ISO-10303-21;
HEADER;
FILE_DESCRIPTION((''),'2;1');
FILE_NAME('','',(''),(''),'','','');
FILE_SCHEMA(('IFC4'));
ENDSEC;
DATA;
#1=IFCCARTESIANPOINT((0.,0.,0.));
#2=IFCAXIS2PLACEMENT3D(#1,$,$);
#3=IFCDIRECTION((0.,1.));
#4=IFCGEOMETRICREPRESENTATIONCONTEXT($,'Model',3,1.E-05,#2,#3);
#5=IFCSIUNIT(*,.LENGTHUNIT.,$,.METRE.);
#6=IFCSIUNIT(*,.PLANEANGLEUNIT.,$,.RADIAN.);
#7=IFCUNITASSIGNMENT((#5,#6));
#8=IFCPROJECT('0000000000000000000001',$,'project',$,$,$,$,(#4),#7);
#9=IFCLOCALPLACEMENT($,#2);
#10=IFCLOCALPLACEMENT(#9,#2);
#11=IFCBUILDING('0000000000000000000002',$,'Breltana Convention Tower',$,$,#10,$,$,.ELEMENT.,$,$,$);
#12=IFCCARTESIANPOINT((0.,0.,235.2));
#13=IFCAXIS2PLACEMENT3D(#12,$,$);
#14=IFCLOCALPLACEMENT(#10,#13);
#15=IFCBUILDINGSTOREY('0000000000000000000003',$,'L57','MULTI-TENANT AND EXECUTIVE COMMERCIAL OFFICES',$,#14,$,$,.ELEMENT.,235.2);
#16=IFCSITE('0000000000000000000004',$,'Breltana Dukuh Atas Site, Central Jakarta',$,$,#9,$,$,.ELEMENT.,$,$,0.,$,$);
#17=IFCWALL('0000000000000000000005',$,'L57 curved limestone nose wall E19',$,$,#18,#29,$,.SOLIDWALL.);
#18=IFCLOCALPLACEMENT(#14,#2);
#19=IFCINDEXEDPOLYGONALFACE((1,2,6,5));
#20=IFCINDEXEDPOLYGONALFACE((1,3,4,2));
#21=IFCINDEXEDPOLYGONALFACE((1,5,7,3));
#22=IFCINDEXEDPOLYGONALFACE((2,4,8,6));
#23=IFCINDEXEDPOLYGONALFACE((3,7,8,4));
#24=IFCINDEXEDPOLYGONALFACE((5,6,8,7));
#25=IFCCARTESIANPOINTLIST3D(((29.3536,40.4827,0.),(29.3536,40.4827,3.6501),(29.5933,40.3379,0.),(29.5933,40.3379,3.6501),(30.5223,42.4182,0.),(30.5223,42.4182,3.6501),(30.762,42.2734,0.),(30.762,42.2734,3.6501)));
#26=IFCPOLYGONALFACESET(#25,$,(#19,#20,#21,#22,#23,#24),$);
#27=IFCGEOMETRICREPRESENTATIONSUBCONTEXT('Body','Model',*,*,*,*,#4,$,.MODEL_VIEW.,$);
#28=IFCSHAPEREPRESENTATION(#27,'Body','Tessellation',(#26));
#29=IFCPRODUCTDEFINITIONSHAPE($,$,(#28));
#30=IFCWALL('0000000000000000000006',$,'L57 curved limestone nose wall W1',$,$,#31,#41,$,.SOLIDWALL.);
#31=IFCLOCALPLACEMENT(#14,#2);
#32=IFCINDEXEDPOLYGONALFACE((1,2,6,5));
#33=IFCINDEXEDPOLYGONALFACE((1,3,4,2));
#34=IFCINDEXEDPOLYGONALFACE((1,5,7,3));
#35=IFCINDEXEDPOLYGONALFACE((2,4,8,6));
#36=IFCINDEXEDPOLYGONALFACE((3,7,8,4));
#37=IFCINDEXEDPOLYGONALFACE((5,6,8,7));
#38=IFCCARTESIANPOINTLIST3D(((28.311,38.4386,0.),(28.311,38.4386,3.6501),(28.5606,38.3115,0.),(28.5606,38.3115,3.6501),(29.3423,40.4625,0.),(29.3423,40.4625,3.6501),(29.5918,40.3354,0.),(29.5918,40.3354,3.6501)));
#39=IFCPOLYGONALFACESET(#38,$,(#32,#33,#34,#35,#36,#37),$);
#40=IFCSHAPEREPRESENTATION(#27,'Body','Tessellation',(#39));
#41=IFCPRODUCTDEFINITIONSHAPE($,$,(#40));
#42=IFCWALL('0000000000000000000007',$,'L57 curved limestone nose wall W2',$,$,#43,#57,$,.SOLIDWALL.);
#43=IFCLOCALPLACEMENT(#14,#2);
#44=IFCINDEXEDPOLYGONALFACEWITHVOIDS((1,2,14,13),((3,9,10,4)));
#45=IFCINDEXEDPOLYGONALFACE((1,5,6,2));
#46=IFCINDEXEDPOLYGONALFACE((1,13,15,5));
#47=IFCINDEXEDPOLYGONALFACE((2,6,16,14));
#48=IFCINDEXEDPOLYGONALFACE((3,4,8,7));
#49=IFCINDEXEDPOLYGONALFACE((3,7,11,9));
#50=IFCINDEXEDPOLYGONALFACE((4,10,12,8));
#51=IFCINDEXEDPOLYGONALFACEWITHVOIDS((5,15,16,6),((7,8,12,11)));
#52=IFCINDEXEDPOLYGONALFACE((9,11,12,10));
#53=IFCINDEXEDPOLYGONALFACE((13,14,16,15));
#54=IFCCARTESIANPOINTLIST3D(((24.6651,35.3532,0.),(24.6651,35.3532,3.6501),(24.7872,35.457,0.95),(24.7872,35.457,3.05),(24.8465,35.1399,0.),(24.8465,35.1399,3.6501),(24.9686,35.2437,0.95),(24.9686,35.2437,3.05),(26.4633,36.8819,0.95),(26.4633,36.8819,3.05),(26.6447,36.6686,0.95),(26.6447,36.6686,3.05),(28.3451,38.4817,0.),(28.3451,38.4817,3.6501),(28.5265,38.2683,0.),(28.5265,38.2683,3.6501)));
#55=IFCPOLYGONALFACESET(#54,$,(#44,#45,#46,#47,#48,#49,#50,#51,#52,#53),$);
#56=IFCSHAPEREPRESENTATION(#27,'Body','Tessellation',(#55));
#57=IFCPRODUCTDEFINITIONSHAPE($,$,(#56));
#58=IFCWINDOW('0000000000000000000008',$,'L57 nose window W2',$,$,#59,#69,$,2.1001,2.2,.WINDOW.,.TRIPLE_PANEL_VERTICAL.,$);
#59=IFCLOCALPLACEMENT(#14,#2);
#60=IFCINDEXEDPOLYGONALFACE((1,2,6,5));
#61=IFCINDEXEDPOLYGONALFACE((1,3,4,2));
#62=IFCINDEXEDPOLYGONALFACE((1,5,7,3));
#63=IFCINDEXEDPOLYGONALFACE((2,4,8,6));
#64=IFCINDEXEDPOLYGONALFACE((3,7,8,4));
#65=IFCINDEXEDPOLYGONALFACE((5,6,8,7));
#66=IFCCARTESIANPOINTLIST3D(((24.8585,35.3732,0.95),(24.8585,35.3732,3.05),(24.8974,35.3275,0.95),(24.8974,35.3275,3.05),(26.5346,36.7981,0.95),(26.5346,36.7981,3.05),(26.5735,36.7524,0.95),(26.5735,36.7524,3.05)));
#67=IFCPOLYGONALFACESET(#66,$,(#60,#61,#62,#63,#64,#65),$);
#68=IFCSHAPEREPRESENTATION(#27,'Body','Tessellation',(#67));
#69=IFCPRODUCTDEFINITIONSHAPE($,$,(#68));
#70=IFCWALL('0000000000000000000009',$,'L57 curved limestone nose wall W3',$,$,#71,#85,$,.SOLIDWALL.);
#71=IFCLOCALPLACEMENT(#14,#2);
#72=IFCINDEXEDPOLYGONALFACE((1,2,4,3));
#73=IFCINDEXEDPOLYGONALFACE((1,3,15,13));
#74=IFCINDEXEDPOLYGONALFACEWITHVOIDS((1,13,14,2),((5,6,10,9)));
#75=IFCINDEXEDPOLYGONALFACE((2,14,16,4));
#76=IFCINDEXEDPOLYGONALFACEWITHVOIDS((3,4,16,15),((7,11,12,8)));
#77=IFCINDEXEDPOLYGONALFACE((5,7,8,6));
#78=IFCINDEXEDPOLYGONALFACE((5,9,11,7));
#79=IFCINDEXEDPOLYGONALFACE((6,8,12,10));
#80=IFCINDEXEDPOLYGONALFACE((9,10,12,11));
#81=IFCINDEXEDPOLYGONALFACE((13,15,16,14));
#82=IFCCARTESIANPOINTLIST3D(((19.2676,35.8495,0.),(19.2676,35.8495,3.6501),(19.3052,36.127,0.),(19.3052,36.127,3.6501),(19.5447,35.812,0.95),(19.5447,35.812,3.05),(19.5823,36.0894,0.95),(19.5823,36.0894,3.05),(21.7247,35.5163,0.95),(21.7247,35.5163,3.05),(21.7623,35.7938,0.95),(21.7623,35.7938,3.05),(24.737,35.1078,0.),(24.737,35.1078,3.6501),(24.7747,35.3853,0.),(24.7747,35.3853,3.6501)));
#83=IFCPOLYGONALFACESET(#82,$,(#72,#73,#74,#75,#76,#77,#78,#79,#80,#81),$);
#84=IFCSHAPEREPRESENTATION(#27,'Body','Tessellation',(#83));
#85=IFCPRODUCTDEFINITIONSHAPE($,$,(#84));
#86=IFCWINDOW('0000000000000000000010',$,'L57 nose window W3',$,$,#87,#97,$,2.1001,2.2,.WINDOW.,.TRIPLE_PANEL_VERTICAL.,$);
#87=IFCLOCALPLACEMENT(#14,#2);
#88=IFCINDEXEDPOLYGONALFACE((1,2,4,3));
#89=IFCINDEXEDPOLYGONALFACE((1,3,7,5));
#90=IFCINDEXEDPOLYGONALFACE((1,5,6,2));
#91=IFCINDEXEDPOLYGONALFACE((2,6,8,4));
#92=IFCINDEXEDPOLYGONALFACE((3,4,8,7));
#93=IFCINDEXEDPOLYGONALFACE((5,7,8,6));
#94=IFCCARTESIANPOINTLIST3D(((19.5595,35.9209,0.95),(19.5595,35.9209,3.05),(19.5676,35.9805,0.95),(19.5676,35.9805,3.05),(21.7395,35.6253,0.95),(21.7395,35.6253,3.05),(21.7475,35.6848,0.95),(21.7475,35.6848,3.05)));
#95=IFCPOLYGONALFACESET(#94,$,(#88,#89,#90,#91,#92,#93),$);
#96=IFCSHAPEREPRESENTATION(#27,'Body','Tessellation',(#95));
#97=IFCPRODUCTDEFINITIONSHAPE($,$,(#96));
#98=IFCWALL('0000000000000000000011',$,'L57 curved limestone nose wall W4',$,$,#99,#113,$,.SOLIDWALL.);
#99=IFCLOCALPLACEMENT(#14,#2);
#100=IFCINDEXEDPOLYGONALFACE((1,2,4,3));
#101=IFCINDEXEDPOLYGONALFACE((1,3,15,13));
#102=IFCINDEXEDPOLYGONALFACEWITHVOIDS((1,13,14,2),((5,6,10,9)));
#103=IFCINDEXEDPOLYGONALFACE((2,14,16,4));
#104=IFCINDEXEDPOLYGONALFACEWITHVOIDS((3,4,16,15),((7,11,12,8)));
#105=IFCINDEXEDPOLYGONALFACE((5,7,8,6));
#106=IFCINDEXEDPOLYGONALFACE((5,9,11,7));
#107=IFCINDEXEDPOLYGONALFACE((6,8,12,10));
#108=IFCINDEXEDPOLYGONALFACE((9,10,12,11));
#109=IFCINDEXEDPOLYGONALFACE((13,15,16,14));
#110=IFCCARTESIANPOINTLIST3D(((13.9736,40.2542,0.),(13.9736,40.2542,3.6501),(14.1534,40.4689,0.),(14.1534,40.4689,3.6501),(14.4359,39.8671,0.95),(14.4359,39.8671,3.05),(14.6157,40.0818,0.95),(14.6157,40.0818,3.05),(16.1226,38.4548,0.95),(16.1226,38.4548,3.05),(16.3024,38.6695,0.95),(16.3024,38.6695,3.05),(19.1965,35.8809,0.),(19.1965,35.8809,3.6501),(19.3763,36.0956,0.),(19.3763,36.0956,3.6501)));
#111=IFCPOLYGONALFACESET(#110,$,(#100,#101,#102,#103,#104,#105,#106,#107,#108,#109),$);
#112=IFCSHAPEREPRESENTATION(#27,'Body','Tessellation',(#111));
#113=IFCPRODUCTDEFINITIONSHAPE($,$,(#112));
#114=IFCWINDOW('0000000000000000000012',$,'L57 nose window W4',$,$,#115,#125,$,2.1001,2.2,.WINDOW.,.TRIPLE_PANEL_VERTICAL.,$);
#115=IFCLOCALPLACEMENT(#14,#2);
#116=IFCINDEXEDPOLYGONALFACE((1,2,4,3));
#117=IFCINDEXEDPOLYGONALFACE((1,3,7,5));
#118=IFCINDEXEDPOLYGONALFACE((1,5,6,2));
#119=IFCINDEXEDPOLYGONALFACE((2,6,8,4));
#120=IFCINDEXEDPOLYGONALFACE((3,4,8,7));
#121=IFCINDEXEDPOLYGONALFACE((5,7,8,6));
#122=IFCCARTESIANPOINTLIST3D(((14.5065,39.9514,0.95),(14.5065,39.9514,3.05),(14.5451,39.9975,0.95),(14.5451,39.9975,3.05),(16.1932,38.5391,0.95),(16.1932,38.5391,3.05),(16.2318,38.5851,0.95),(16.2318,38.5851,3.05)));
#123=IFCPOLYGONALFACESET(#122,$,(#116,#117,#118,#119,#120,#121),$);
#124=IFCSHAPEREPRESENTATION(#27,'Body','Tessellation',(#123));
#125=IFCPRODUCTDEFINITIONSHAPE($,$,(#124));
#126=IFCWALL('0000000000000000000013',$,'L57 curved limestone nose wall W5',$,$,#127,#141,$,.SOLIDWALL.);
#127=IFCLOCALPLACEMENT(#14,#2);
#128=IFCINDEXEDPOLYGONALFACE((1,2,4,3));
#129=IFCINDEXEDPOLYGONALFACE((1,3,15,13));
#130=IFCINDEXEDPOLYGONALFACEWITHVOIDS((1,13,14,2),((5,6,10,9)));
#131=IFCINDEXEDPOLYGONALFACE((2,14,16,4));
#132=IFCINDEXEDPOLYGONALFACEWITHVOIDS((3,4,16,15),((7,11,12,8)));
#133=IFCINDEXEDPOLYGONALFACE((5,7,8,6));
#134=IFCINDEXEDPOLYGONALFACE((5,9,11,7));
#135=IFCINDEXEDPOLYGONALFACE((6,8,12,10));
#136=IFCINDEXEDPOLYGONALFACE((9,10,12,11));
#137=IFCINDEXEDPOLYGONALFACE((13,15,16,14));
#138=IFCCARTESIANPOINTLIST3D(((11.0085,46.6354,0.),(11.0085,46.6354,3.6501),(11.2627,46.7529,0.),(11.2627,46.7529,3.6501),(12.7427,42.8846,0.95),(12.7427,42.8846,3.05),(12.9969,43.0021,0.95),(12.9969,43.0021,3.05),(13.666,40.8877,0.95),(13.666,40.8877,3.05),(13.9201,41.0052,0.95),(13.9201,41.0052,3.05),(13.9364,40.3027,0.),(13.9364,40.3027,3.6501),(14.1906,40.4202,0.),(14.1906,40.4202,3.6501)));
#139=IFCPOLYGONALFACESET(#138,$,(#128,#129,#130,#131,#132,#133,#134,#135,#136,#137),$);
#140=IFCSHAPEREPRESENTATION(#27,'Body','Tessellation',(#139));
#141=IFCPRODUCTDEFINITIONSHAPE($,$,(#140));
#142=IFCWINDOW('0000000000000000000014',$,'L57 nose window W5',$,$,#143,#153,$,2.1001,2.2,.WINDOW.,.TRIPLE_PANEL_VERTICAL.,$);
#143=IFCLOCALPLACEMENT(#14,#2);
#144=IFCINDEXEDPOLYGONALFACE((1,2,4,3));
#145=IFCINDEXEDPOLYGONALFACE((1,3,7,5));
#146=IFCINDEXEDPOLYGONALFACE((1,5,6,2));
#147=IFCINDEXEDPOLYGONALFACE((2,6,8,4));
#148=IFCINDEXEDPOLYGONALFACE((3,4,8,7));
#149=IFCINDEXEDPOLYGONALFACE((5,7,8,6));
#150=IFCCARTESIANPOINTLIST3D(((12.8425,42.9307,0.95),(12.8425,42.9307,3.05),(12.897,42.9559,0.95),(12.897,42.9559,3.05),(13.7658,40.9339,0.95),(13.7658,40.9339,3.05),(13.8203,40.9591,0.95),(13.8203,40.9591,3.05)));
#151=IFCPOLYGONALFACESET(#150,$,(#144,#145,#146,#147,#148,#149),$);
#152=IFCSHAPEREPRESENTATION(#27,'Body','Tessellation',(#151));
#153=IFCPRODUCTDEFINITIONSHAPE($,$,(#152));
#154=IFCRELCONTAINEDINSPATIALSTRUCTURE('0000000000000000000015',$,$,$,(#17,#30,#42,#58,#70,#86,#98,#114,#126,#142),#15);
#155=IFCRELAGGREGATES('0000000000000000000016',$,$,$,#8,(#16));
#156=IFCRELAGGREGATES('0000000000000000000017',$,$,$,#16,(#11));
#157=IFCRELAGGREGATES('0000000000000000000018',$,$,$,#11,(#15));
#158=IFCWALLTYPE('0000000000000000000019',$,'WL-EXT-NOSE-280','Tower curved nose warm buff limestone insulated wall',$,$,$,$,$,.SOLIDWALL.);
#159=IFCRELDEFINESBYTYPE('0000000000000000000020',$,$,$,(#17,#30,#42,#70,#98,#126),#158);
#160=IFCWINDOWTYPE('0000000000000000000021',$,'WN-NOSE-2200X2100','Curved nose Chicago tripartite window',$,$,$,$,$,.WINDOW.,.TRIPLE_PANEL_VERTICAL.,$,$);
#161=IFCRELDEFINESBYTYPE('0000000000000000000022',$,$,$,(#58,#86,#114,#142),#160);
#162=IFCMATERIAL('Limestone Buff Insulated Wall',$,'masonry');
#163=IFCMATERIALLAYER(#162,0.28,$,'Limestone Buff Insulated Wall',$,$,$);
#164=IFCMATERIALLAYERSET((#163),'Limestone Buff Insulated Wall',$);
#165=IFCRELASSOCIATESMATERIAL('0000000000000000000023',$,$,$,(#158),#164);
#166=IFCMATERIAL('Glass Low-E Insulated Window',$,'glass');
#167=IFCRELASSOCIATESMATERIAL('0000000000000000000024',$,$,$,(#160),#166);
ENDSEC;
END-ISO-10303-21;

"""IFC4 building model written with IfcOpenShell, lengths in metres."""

from ifc_helpers import new_model, si_unit, direction, frame, frame_2d, origin, place, context, subcontext, project, spatial, rectangle, extrude, source, transform, mapped, material, layer, layer_set, type_object, type_shapes, element, fill, save


model = new_model("IFC4")

# Units and contexts
model_context = context("Model", 3, precision=1e-05, world=origin(), true_north=direction((0.0, 1.0)))
body_context = subcontext(model_context, "Body", "Model", "MODEL_VIEW")
ifc_project = project(units=[si_unit("LENGTHUNIT", "METRE"), si_unit("PLANEANGLEUNIT", "RADIAN")], contexts=[model_context])

# Site, building, storey
site_placement = place(None, origin())
site = spatial("IfcSite", under=ifc_project, at=site_placement, Name="Breltana Dukuh Atas Site, Central Jakarta", CompositionType="ELEMENT", RefElevation=0.0)
building_placement = place(site_placement, origin())
building = spatial("IfcBuilding", under=site, at=building_placement, Name="Breltana Convention Tower", CompositionType="ELEMENT")
storey_placement = place(building_placement, frame((0.0, 0.0, 235.2)))
storey = spatial("IfcBuildingStorey", under=building, at=storey_placement, Name="L57", Description="MULTI-TENANT AND EXECUTIVE COMMERCIAL OFFICES", CompositionType="ELEMENT", Elevation=235.2)

# Walls
ifc_material_1 = material(Name="Limestone Buff Insulated Wall", Category="masonry")
ifc_layer_1 = layer(ifc_material_1, 0.28, Name="Limestone Buff Insulated Wall")
ifc_layer_set_1 = layer_set([ifc_layer_1], Name="Limestone Buff Insulated Wall")
wall_type = type_object("IfcWallType", Name="WL-EXT-NOSE-280", Description="Tower curved nose warm buff limestone insulated wall", PredefinedType="SOLIDWALL", material=ifc_layer_set_1)
shared_shape_1 = source(origin(), body_context, "Body", "SweptSolid", [
    extrude(rectangle(XDim=2.261, YDim=0.28, at=frame_2d((1.1304, 0.0))), origin(), (0.0, 0.0, 1.0), 3.6501),
])
wall_1_placement = place(storey_placement, frame((30.6421, 42.3457, 0.0), z_axis=(0.0, 0.0, 1.0), x_axis=(-0.516891, -0.856051, 0.0)))
element("IfcWall", 1, at=wall_1_placement, inside=storey, type_object=wall_type, Name="L57 curved limestone nose wall E19", PredefinedType="SOLIDWALL", context=body_context, shape_type="MappedRepresentation", body=[
    mapped(shared_shape_1, transform((0.0, 0.0, 0.0), scale=1.0)),
])
shared_shape_2 = source(origin(), body_context, "Body", "SweptSolid", [
    extrude(rectangle(XDim=2.2715, YDim=0.28, at=frame_2d((1.1357, 0.0))), origin(), (0.0, 0.0, 1.0), 3.6501),
])
wall_2_placement = place(storey_placement, frame((29.467, 40.3989, 0.0), z_axis=(0.0, 0.0, 1.0), x_axis=(-0.453993, -0.891005, 0.0)))
element("IfcWall", 2, at=wall_2_placement, inside=storey, type_object=wall_type, Name="L57 curved limestone nose wall W1", PredefinedType="SOLIDWALL", context=body_context, shape_type="MappedRepresentation", body=[
    mapped(shared_shape_2, transform((0.0, 0.0, 0.0), scale=1.0)),
])

# Walls, openings, windows
shared_shape_3 = source(origin(), body_context, "Body", "SweptSolid", [
    extrude(rectangle(XDim=4.8301, YDim=0.28, at=frame_2d((2.415, 0.0))), origin(), (0.0, 0.0, 1.0), 3.6501),
])
wall_3_placement = place(storey_placement, frame((28.4358, 38.375, 0.0), z_axis=(0.0, 0.0, 1.0), x_axis=(-0.761891, -0.647706, 0.0)))
wall_3 = element("IfcWall", 3, at=wall_3_placement, inside=storey, type_object=wall_type, Name="L57 curved limestone nose wall W2", PredefinedType="SOLIDWALL", context=body_context, shape_type="MappedRepresentation", body=[
    mapped(shared_shape_3, transform((0.0, 0.0, 0.0), scale=1.0)),
])
opening_1_placement = place(wall_3_placement, frame((2.4697, 0.0, 0.95)))
opening_1 = element("IfcOpeningElement", 4, at=opening_1_placement, cuts=wall_3, PredefinedType="OPENING", context=body_context, shape_type="SweptSolid", body=[
    extrude(rectangle(XDim=2.2, YDim=2.1001, at=frame_2d((1.1001, 1.05))), frame((0.0, 0.1499, 0.0), z_axis=(0.0, -1.0, 0.0), x_axis=(1.0, 0.0, 0.0)), (0.0, 0.0, 1.0), 0.3),
])
ifc_material_2 = material(Name="Glass Low-E Insulated Window", Category="glass")
window_type = type_object("IfcWindowType", Name="WN-NOSE-2200X2100", Description="Curved nose Chicago tripartite window", PartitioningType="TRIPLE_PANEL_VERTICAL", PredefinedType="WINDOW", material=ifc_material_2)
shared_shape_4 = source(origin(), body_context, "Body", "SweptSolid", [
    extrude(rectangle(XDim=2.2, YDim=2.1001, at=frame_2d((1.1001, 1.05))), frame((0.0, 0.03, 0.0), z_axis=(0.0, -1.0, 0.0), x_axis=(1.0, 0.0, 0.0)), (0.0, 0.0, 1.0), 0.0601),
])
type_shapes(window_type, [shared_shape_4])
window_1_placement = place(opening_1_placement, origin())
window_1 = element("IfcWindow", 5, at=window_1_placement, inside=storey, type_object=window_type, Name="L57 nose window W2", OverallHeight=2.1001, OverallWidth=2.2, PartitioningType="TRIPLE_PANEL_VERTICAL", PredefinedType="WINDOW", context=body_context, shape_type="MappedRepresentation", body=[
    mapped(shared_shape_4, transform((0.0, 0.0, 0.0), scale=1.0)),
])
fill(opening_1, window_1)
shared_shape_5 = source(origin(), body_context, "Body", "SweptSolid", [
    extrude(rectangle(XDim=5.5195, YDim=0.28, at=frame_2d((2.7598, 0.0))), origin(), (0.0, 0.0, 1.0), 3.6501),
])
wall_4_placement = place(storey_placement, frame((24.7559, 35.2466, 0.0), z_axis=(0.0, 0.0, 1.0), x_axis=(-0.99093, 0.134377, 0.0)))
wall_4 = element("IfcWall", 6, at=wall_4_placement, inside=storey, type_object=wall_type, Name="L57 curved limestone nose wall W3", PredefinedType="SOLIDWALL", context=body_context, shape_type="MappedRepresentation", body=[
    mapped(shared_shape_5, transform((0.0, 0.0, 0.0), scale=1.0)),
])
opening_2_placement = place(wall_4_placement, frame((3.0398, 0.0, 0.95)))
opening_2 = element("IfcOpeningElement", 7, at=opening_2_placement, cuts=wall_4, PredefinedType="OPENING", context=body_context, shape_type="SweptSolid", body=[
    extrude(rectangle(XDim=2.2, YDim=2.1001, at=frame_2d((1.1001, 1.05))), frame((0.0, 0.1499, 0.0), z_axis=(0.0, -1.0, 0.0), x_axis=(1.0, 0.0, 0.0)), (0.0, 0.0, 1.0), 0.3),
])
window_2_placement = place(opening_2_placement, origin())
window_2 = element("IfcWindow", 8, at=window_2_placement, inside=storey, type_object=window_type, Name="L57 nose window W3", OverallHeight=2.1001, OverallWidth=2.2, PartitioningType="TRIPLE_PANEL_VERTICAL", PredefinedType="WINDOW", context=body_context, shape_type="MappedRepresentation", body=[
    mapped(shared_shape_4, transform((0.0, 0.0, 0.0), scale=1.0)),
])
fill(opening_2, window_2)
shared_shape_6 = source(origin(), body_context, "Body", "SweptSolid", [
    extrude(rectangle(XDim=6.812, YDim=0.28, at=frame_2d((3.406, 0.0))), origin(), (0.0, 0.0, 1.0), 3.6501),
])
wall_5_placement = place(storey_placement, frame((19.2864, 35.9883, 0.0), z_axis=(0.0, 0.0, 1.0), x_axis=(-0.766712, 0.641991, 0.0)))
wall_5 = element("IfcWall", 9, at=wall_5_placement, inside=storey, type_object=wall_type, Name="L57 curved limestone nose wall W4", PredefinedType="SOLIDWALL", context=body_context, shape_type="MappedRepresentation", body=[
    mapped(shared_shape_6, transform((0.0, 0.0, 0.0), scale=1.0)),
])
opening_3_placement = place(wall_5_placement, frame((4.009, 0.0, 0.95)))
opening_3 = element("IfcOpeningElement", 10, at=opening_3_placement, cuts=wall_5, PredefinedType="OPENING", context=body_context, shape_type="SweptSolid", body=[
    extrude(rectangle(XDim=2.2, YDim=2.1001, at=frame_2d((1.1001, 1.05))), frame((0.0, 0.1499, 0.0), z_axis=(0.0, -1.0, 0.0), x_axis=(1.0, 0.0, 0.0)), (0.0, 0.0, 1.0), 0.3),
])
window_3_placement = place(opening_3_placement, origin())
window_3 = element("IfcWindow", 11, at=window_3_placement, inside=storey, type_object=window_type, Name="L57 nose window W4", OverallHeight=2.1001, OverallWidth=2.2, PartitioningType="TRIPLE_PANEL_VERTICAL", PredefinedType="WINDOW", context=body_context, shape_type="MappedRepresentation", body=[
    mapped(shared_shape_4, transform((0.0, 0.0, 0.0), scale=1.0)),
])
fill(opening_3, window_3)
shared_shape_7 = source(origin(), body_context, "Body", "SweptSolid", [
    extrude(rectangle(XDim=6.9768, YDim=0.28, at=frame_2d((3.4883, 0.0))), origin(), (0.0, 0.0, 1.0), 3.6501),
])
wall_6_placement = place(storey_placement, frame((14.0635, 40.3616, 0.0), z_axis=(0.0, 0.0, 1.0), x_axis=(-0.419668, 0.907678, 0.0)))
wall_6 = element("IfcWall", 12, at=wall_6_placement, inside=storey, type_object=wall_type, Name="L57 curved limestone nose wall W5", PredefinedType="SOLIDWALL", context=body_context, shape_type="MappedRepresentation", body=[
    mapped(shared_shape_7, transform((0.0, 0.0, 0.0), scale=1.0)),
])
opening_4_placement = place(wall_6_placement, frame((0.6443, 0.0, 0.95)))
opening_4 = element("IfcOpeningElement", 13, at=opening_4_placement, cuts=wall_6, PredefinedType="OPENING", context=body_context, shape_type="SweptSolid", body=[
    extrude(rectangle(XDim=2.2, YDim=2.1001, at=frame_2d((1.1001, 1.05))), frame((0.0, 0.1499, 0.0), z_axis=(0.0, -1.0, 0.0), x_axis=(1.0, 0.0, 0.0)), (0.0, 0.0, 1.0), 0.3),
])
window_4_placement = place(opening_4_placement, origin())
window_4 = element("IfcWindow", 14, at=window_4_placement, inside=storey, type_object=window_type, Name="L57 nose window W5", OverallHeight=2.1001, OverallWidth=2.2, PartitioningType="TRIPLE_PANEL_VERTICAL", PredefinedType="WINDOW", context=body_context, shape_type="MappedRepresentation", body=[
    mapped(shared_shape_4, transform((0.0, 0.0, 0.0), scale=1.0)),
])
fill(opening_4, window_4)

save(model, "model.ifc")
